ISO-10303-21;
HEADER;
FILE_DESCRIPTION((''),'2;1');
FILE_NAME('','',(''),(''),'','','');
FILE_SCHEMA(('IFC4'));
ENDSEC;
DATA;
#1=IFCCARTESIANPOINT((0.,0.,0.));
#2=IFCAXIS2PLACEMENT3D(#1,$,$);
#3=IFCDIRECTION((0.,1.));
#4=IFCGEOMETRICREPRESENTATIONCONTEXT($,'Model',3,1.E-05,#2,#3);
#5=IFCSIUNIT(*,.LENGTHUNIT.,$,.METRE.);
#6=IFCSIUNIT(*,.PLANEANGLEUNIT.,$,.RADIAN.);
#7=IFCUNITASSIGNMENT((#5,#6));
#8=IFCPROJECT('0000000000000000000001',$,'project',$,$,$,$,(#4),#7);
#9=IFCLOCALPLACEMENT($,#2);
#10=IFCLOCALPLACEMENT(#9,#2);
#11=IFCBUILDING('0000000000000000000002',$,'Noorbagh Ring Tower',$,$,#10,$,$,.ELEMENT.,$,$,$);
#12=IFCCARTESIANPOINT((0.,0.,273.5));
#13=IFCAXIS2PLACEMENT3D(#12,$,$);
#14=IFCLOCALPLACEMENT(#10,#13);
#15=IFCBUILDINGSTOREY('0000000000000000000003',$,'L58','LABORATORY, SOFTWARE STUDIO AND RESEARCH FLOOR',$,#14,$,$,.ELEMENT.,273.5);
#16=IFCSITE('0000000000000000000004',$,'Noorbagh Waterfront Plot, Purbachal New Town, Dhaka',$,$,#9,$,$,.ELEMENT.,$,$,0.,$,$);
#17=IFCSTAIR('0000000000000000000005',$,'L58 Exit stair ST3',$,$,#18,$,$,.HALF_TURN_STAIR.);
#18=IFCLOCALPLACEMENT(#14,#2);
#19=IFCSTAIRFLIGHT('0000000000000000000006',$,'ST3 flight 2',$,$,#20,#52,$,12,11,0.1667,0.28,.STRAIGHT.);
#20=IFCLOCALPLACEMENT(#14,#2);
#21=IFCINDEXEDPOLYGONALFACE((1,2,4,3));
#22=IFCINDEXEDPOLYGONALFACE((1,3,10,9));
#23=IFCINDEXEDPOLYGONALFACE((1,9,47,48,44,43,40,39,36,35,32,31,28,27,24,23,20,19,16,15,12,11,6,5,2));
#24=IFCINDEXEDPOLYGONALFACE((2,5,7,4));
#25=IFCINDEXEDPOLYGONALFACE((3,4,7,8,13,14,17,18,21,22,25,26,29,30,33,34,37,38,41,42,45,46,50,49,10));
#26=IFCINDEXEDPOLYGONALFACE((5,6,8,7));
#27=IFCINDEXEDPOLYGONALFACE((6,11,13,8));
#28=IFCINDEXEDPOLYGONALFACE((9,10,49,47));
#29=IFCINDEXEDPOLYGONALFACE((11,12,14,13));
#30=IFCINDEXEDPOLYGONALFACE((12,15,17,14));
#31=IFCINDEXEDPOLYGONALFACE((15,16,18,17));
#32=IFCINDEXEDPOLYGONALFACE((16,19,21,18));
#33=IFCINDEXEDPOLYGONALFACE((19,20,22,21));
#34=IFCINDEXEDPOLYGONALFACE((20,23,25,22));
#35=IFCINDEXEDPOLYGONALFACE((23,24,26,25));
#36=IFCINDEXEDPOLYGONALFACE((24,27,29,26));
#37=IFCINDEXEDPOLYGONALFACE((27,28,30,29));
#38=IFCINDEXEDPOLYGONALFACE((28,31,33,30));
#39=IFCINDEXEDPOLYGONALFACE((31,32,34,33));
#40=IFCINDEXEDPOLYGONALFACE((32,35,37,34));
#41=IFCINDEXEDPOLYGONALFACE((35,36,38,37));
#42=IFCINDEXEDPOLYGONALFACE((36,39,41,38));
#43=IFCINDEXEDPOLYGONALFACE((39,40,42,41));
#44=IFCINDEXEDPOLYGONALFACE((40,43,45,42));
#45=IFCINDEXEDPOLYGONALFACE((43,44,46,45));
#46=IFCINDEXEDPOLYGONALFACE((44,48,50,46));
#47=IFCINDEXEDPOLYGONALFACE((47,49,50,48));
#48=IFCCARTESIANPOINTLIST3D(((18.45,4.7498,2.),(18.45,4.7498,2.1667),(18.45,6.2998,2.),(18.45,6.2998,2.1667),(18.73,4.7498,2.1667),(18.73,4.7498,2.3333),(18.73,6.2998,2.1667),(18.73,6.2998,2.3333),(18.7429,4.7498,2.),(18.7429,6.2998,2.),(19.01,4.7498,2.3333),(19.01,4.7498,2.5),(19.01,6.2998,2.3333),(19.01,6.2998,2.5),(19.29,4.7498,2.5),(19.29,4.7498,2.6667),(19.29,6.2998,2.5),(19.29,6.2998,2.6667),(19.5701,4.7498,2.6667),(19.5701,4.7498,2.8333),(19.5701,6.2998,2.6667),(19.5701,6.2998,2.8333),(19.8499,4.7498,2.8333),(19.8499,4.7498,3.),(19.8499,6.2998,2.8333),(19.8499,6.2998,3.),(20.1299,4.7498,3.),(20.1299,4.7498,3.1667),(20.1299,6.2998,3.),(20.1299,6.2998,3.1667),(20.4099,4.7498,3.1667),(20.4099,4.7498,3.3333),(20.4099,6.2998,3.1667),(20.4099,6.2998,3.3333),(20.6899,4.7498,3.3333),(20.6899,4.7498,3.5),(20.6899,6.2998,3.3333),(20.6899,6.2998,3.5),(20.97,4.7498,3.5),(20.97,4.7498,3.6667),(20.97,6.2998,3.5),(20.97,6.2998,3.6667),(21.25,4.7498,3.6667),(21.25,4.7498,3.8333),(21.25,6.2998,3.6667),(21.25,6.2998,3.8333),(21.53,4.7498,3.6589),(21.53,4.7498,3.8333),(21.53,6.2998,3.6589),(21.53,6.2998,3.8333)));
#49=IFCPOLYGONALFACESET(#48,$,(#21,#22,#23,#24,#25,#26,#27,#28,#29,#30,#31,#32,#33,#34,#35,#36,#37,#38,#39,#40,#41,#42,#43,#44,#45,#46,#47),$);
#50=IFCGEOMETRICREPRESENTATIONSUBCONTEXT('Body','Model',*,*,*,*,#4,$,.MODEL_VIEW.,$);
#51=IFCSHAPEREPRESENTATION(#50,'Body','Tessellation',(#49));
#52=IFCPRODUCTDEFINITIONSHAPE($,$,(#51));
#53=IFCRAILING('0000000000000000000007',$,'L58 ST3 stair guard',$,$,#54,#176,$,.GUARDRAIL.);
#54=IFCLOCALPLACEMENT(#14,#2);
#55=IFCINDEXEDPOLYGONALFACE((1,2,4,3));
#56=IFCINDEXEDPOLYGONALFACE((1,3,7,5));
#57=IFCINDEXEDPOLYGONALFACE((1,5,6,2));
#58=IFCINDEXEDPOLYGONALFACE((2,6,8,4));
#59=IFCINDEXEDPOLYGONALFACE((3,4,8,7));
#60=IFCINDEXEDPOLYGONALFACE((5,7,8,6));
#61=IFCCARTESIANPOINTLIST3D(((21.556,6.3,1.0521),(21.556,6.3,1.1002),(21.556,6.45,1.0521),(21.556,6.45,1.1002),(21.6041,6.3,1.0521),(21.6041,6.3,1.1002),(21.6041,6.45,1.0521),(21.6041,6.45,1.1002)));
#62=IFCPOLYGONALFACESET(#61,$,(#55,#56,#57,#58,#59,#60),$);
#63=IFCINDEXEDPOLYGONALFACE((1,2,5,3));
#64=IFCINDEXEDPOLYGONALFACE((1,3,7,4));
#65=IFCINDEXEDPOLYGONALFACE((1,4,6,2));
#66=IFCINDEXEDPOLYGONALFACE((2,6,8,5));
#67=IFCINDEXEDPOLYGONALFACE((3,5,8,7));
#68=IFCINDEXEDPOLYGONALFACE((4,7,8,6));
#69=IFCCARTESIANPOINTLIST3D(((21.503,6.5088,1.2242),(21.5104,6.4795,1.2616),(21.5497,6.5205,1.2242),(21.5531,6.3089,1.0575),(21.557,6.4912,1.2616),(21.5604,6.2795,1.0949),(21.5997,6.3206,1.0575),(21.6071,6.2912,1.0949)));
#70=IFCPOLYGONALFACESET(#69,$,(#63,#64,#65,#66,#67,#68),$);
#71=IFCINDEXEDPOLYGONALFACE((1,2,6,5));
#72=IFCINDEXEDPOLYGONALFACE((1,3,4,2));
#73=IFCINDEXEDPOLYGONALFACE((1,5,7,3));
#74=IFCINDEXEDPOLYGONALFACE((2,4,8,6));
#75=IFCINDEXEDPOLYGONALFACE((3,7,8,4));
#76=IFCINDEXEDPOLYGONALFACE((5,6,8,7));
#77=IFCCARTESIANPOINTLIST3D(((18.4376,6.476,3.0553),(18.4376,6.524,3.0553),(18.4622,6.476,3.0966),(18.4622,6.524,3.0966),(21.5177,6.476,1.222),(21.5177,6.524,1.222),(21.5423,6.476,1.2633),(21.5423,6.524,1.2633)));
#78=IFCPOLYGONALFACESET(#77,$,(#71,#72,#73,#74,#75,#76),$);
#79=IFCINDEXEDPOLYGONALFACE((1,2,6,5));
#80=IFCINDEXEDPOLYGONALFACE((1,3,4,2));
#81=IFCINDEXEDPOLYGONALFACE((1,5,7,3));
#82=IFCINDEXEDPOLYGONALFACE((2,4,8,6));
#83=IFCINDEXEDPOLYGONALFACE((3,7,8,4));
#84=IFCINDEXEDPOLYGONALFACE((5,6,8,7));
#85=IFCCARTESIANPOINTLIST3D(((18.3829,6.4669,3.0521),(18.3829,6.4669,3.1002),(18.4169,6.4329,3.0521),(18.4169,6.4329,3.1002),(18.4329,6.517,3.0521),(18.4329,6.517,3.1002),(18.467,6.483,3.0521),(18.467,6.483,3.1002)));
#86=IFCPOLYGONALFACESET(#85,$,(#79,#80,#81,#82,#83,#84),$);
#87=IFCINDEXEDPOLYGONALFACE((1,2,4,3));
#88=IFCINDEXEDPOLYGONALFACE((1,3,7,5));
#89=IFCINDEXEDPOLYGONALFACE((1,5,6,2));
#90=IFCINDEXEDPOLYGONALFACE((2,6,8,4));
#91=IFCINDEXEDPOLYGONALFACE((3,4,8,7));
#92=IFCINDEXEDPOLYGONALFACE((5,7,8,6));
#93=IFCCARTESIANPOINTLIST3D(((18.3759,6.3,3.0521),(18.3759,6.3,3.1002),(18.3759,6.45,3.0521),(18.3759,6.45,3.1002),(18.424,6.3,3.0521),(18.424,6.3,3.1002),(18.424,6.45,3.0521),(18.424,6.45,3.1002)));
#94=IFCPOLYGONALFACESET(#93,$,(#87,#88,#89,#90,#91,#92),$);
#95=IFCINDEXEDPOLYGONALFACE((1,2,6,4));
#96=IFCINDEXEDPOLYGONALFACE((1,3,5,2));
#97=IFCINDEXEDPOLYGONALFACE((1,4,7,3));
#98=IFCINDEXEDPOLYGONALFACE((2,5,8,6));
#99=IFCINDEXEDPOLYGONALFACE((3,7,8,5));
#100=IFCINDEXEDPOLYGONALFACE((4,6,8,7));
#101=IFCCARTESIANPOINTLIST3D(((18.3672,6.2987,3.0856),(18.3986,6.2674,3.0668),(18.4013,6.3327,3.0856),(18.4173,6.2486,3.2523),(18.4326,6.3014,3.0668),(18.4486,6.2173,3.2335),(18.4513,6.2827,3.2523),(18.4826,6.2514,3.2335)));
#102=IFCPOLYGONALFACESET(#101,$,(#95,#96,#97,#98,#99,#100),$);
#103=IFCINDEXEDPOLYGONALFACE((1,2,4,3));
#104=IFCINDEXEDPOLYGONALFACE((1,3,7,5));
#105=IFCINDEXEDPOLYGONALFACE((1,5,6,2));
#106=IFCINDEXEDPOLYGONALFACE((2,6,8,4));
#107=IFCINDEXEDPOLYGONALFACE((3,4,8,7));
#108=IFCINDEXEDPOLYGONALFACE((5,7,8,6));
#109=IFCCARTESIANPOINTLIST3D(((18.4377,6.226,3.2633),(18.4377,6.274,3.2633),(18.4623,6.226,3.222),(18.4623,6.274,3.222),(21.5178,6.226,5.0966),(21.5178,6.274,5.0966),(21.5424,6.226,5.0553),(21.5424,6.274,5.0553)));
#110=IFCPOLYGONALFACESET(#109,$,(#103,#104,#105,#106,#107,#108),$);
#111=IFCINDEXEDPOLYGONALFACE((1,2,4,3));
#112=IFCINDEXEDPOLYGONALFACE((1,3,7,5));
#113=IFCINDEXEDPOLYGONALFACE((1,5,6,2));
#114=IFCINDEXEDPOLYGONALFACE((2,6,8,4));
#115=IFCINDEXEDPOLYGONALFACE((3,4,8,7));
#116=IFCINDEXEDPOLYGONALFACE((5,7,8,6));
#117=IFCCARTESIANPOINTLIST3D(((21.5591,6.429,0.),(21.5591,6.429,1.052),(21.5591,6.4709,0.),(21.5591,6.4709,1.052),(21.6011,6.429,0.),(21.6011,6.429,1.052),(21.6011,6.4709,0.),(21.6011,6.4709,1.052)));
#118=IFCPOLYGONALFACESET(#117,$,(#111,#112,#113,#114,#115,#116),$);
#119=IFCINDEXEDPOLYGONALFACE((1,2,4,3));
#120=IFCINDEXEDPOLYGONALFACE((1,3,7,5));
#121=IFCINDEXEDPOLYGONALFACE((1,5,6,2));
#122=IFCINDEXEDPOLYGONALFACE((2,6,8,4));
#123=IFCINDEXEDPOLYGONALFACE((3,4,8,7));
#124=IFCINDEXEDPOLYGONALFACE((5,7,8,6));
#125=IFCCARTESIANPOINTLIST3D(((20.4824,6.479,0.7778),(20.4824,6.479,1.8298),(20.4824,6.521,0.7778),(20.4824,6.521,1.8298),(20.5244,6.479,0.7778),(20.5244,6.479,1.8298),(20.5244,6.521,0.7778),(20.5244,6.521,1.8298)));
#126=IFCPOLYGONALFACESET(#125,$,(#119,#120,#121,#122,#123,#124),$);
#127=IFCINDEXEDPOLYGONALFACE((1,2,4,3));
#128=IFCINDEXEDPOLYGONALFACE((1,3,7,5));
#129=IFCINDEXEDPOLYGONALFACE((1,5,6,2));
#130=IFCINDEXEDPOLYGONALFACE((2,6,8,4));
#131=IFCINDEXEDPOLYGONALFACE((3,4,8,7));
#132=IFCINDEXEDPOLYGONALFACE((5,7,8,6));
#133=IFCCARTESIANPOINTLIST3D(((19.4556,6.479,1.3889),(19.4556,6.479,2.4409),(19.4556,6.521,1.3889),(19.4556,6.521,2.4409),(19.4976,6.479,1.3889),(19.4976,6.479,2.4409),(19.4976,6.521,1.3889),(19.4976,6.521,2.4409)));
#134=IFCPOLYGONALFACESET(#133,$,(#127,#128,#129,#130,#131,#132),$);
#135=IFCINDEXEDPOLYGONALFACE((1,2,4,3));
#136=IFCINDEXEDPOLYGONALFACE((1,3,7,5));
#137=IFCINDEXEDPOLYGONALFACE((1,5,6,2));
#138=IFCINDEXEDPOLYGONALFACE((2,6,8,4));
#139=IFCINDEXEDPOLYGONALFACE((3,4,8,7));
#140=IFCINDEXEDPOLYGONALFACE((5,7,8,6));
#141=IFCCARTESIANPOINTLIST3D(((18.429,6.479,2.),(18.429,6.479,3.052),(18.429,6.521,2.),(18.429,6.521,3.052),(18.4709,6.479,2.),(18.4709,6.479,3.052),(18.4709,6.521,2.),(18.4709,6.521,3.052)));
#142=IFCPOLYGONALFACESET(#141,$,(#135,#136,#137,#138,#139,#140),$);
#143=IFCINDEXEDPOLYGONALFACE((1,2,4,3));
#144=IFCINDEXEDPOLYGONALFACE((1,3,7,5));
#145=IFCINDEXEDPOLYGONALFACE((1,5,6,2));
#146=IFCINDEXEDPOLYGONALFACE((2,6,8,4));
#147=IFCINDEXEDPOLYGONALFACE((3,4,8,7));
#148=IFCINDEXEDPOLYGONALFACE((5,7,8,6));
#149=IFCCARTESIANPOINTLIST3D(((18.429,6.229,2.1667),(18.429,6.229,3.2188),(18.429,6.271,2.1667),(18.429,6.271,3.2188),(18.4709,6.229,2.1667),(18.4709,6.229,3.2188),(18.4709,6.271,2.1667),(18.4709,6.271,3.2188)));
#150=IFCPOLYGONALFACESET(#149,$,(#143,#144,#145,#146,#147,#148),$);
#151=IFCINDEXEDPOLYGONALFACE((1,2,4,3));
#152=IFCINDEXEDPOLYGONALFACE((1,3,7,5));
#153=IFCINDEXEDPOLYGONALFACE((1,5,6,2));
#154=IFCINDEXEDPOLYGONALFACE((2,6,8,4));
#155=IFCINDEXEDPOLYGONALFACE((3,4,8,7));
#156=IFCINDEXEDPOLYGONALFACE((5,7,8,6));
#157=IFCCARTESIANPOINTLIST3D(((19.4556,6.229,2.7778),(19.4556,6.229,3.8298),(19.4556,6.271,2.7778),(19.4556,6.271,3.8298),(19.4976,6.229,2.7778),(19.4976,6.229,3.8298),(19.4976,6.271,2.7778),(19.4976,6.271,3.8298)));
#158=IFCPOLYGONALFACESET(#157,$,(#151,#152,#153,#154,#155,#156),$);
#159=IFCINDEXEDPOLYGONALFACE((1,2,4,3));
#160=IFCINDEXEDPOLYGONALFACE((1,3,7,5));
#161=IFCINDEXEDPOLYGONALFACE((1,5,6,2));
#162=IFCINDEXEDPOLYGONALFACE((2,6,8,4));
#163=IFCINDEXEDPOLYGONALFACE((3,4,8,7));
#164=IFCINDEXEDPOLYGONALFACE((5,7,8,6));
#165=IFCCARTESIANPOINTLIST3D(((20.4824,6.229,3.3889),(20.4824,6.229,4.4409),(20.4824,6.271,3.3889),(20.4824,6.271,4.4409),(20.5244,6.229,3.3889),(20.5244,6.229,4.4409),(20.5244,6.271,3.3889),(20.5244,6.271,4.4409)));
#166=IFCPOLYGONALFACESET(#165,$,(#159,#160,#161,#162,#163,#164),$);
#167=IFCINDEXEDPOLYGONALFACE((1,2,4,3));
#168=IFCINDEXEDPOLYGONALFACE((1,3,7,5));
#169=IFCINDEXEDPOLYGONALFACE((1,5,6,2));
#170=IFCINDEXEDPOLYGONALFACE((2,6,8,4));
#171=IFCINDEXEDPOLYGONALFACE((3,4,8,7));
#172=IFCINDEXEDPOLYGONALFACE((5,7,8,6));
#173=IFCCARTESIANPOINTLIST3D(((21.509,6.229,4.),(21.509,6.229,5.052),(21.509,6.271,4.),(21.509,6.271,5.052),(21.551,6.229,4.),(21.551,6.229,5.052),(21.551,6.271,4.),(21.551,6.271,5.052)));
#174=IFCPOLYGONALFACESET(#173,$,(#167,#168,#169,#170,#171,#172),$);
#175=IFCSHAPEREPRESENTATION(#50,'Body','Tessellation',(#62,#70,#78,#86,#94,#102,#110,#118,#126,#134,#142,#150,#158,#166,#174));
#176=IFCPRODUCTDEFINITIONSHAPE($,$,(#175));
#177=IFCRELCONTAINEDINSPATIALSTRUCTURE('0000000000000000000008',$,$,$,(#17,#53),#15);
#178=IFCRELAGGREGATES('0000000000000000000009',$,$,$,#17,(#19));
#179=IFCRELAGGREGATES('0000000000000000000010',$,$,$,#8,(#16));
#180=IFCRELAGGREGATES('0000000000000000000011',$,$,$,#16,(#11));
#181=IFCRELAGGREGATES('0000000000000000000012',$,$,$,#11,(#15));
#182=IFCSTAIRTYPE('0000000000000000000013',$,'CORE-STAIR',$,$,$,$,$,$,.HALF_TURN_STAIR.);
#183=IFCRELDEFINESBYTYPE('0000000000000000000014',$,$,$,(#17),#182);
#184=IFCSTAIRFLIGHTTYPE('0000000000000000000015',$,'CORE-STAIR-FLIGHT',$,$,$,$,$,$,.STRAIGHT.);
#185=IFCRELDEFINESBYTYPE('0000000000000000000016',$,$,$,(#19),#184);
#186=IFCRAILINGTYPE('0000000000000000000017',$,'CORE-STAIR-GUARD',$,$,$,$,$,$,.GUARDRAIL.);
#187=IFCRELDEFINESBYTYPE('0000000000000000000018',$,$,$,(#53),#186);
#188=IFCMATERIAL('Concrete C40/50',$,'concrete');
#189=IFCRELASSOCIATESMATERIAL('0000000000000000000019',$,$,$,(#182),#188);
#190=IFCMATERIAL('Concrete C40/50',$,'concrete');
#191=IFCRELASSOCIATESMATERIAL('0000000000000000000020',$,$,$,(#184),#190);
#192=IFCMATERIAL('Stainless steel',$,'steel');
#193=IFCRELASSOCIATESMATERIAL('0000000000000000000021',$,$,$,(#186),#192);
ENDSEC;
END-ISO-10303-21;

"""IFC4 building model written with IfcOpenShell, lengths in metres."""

from ifc_helpers import new_model, si_unit, direction, frame, origin, origin_2d, place, context, subcontext, project, spatial, polyline, rectangle, outline, extrude, material, type_object, element, aggregate, save


model = new_model("IFC4")

# Units and contexts
model_context = context("Model", 3, precision=1e-05, world=origin(), true_north=direction((0.0, 1.0)))
body_context = subcontext(model_context, "Body", "Model", "MODEL_VIEW")
ifc_project = project(units=[si_unit("LENGTHUNIT", "METRE"), si_unit("PLANEANGLEUNIT", "RADIAN")], contexts=[model_context])

# Site, building, storey
site_placement = place(None, origin())
site = spatial("IfcSite", under=ifc_project, at=site_placement, Name="Noorbagh Waterfront Plot, Purbachal New Town, Dhaka", CompositionType="ELEMENT", RefElevation=0.0)
building_placement = place(site_placement, origin())
building = spatial("IfcBuilding", under=site, at=building_placement, Name="Noorbagh Ring Tower", CompositionType="ELEMENT")
storey_placement = place(building_placement, frame((0.0, 0.0, 273.5)))
storey = spatial("IfcBuildingStorey", under=building, at=storey_placement, Name="L58", Description="LABORATORY, SOFTWARE STUDIO AND RESEARCH FLOOR", CompositionType="ELEMENT", Elevation=273.5)

# Stair, stair flight
ifc_material_1 = material(Name="Concrete C40/50", Category="concrete")
stair_type = type_object("IfcStairType", Name="CORE-STAIR", PredefinedType="HALF_TURN_STAIR", material=ifc_material_1)
stair_placement = place(storey_placement, origin())
stair = element("IfcStair", 1, at=stair_placement, inside=storey, type_object=stair_type, Name="L58 Exit stair ST3", PredefinedType="HALF_TURN_STAIR")
ifc_material_2 = material(Name="Concrete C40/50", Category="concrete")
stair_flight_type = type_object("IfcStairFlightType", Name="CORE-STAIR-FLIGHT", PredefinedType="STRAIGHT", material=ifc_material_2)
stair_flight_1_placement = place(storey_placement, frame((18.45, 5.5249, 2.0), z_axis=(0.0, 0.0, 1.0), x_axis=(1.0, 0.0, 0.0)))
stair_flight_1 = element("IfcStairFlight", 2, at=stair_flight_1_placement, type_object=stair_flight_type, Name="ST3 flight 2", NumberOfRisers=12, NumberOfTreads=11, PredefinedType="STRAIGHT", RiserHeight=0.1667, TreadLength=0.28, context=body_context, shape_type="SweptSolid", body=[
    extrude(outline(polyline([(0.0, 0.0), (0.0, 0.1667), (0.28, 0.1667), (0.28, 0.3333), (0.5601, 0.3333), (0.5601, 0.5), (0.8401, 0.5), (0.8401, 0.6667), (1.1201, 0.6667), (1.1201, 0.8333), (1.3999, 0.8333), (1.3999, 1.0), (1.6799, 1.0), (1.6799, 1.1667), (1.96, 1.1667), (1.96, 1.3333), (2.24, 1.3333), (2.24, 1.5), (2.52, 1.5), (2.52, 1.6667), (2.8, 1.6667), (2.8, 1.8333), (3.0801, 1.8333), (3.0801, 2.0), (3.0801, 1.6589), (0.293, 0.0), (0.0, 0.0)])), frame((0.0, 0.7749, 0.0), z_axis=(0.0, -1.0, 0.0), x_axis=(1.0, 0.0, 0.0)), (0.0, 0.0, 1.0), 1.55),
])
aggregate(stair, [stair_flight_1])

# Railing
ifc_material_3 = material(Name="Stainless steel", Category="steel")
railing_type_1 = type_object("IfcRailingType", Name="CORE-STAIR-GUARD", PredefinedType="GUARDRAIL", material=ifc_material_3)
railing_1_placement = place(storey_placement, frame((21.5801, 6.45, 0.0)))
element("IfcRailing", 3, at=railing_1_placement, inside=storey, type_object=railing_type_1, Name="L58 ST3 stair guard", PredefinedType="GUARDRAIL", context=body_context, shape_type="SweptSolid", body=[
    extrude(rectangle(XDim=0.0481, YDim=0.0481, at=origin_2d()), frame((0.0, 0.0, 1.0762), z_axis=(0.0, -1.0, 0.0), x_axis=(1.0, 0.0, 0.0)), (0.0, 0.0, 1.0), 0.1499),
    extrude(rectangle(XDim=0.0481, YDim=0.0481, at=origin_2d()), frame((0.0, -0.1499, 1.0762), z_axis=(-0.188776, 0.754182, 0.628946), x_axis=(-0.970073, -0.242814, 0.0)), (0.0, 0.0, 1.0), 0.2651),
    extrude(rectangle(XDim=0.0481, YDim=0.0481, at=origin_2d()), frame((-0.05, 0.05, 1.2427), z_axis=(-0.859309, 0.0, 0.511458), x_axis=(0.0, -1.0, 0.0)), (0.0, 0.0, 1.0), 3.5845),
    extrude(rectangle(XDim=0.0481, YDim=0.0481, at=origin_2d()), frame((-3.1301, 0.05, 3.0762), z_axis=(-0.707107, -0.707107, 0.0), x_axis=(0.707107, -0.707107, 0.0)), (0.0, 0.0, 1.0), 0.0708),
    extrude(rectangle(XDim=0.0481, YDim=0.0481, at=origin_2d()), frame((-3.1802, 0.0, 3.0762), z_axis=(0.0, -1.0, 0.0), x_axis=(1.0, 0.0, 0.0)), (0.0, 0.0, 1.0), 0.1499),
    extrude(rectangle(XDim=0.0481, YDim=0.0481, at=origin_2d()), frame((-3.1802, -0.1499, 3.0762), z_axis=(0.276287, -0.276287, 0.920506), x_axis=(0.707107, 0.707107, 0.0)), (0.0, 0.0, 1.0), 0.1812),
    extrude(rectangle(XDim=0.0481, YDim=0.0481, at=origin_2d()), frame((-3.1301, -0.2, 3.2427), z_axis=(0.859309, 0.0, 0.511458), x_axis=(0.0, 1.0, 0.0)), (0.0, 0.0, 1.0), 3.5845),
    extrude(rectangle(XDim=0.042, YDim=0.042, at=origin_2d()), origin(), (0.0, 0.0, 1.0), 1.052),
    extrude(rectangle(XDim=0.042, YDim=0.042, at=origin_2d()), frame((-1.0767, 0.05, 0.7778)), (0.0, 0.0, 1.0), 1.052),
    extrude(rectangle(XDim=0.042, YDim=0.042, at=origin_2d()), frame((-2.1035, 0.05, 1.3889)), (0.0, 0.0, 1.0), 1.052),
    extrude(rectangle(XDim=0.042, YDim=0.042, at=origin_2d()), frame((-3.1301, 0.05, 2.0)), (0.0, 0.0, 1.0), 1.052),
    extrude(rectangle(XDim=0.042, YDim=0.042, at=origin_2d()), frame((-3.1301, -0.2, 2.1667)), (0.0, 0.0, 1.0), 1.052),
    extrude(rectangle(XDim=0.042, YDim=0.042, at=origin_2d()), frame((-2.1035, -0.2, 2.7778)), (0.0, 0.0, 1.0), 1.052),
    extrude(rectangle(XDim=0.042, YDim=0.042, at=origin_2d()), frame((-1.0767, -0.2, 3.3889)), (0.0, 0.0, 1.0), 1.052),
    extrude(rectangle(XDim=0.042, YDim=0.042, at=origin_2d()), frame((-0.05, -0.2, 4.0)), (0.0, 0.0, 1.0), 1.052),
])

save(model, "model.ifc")
